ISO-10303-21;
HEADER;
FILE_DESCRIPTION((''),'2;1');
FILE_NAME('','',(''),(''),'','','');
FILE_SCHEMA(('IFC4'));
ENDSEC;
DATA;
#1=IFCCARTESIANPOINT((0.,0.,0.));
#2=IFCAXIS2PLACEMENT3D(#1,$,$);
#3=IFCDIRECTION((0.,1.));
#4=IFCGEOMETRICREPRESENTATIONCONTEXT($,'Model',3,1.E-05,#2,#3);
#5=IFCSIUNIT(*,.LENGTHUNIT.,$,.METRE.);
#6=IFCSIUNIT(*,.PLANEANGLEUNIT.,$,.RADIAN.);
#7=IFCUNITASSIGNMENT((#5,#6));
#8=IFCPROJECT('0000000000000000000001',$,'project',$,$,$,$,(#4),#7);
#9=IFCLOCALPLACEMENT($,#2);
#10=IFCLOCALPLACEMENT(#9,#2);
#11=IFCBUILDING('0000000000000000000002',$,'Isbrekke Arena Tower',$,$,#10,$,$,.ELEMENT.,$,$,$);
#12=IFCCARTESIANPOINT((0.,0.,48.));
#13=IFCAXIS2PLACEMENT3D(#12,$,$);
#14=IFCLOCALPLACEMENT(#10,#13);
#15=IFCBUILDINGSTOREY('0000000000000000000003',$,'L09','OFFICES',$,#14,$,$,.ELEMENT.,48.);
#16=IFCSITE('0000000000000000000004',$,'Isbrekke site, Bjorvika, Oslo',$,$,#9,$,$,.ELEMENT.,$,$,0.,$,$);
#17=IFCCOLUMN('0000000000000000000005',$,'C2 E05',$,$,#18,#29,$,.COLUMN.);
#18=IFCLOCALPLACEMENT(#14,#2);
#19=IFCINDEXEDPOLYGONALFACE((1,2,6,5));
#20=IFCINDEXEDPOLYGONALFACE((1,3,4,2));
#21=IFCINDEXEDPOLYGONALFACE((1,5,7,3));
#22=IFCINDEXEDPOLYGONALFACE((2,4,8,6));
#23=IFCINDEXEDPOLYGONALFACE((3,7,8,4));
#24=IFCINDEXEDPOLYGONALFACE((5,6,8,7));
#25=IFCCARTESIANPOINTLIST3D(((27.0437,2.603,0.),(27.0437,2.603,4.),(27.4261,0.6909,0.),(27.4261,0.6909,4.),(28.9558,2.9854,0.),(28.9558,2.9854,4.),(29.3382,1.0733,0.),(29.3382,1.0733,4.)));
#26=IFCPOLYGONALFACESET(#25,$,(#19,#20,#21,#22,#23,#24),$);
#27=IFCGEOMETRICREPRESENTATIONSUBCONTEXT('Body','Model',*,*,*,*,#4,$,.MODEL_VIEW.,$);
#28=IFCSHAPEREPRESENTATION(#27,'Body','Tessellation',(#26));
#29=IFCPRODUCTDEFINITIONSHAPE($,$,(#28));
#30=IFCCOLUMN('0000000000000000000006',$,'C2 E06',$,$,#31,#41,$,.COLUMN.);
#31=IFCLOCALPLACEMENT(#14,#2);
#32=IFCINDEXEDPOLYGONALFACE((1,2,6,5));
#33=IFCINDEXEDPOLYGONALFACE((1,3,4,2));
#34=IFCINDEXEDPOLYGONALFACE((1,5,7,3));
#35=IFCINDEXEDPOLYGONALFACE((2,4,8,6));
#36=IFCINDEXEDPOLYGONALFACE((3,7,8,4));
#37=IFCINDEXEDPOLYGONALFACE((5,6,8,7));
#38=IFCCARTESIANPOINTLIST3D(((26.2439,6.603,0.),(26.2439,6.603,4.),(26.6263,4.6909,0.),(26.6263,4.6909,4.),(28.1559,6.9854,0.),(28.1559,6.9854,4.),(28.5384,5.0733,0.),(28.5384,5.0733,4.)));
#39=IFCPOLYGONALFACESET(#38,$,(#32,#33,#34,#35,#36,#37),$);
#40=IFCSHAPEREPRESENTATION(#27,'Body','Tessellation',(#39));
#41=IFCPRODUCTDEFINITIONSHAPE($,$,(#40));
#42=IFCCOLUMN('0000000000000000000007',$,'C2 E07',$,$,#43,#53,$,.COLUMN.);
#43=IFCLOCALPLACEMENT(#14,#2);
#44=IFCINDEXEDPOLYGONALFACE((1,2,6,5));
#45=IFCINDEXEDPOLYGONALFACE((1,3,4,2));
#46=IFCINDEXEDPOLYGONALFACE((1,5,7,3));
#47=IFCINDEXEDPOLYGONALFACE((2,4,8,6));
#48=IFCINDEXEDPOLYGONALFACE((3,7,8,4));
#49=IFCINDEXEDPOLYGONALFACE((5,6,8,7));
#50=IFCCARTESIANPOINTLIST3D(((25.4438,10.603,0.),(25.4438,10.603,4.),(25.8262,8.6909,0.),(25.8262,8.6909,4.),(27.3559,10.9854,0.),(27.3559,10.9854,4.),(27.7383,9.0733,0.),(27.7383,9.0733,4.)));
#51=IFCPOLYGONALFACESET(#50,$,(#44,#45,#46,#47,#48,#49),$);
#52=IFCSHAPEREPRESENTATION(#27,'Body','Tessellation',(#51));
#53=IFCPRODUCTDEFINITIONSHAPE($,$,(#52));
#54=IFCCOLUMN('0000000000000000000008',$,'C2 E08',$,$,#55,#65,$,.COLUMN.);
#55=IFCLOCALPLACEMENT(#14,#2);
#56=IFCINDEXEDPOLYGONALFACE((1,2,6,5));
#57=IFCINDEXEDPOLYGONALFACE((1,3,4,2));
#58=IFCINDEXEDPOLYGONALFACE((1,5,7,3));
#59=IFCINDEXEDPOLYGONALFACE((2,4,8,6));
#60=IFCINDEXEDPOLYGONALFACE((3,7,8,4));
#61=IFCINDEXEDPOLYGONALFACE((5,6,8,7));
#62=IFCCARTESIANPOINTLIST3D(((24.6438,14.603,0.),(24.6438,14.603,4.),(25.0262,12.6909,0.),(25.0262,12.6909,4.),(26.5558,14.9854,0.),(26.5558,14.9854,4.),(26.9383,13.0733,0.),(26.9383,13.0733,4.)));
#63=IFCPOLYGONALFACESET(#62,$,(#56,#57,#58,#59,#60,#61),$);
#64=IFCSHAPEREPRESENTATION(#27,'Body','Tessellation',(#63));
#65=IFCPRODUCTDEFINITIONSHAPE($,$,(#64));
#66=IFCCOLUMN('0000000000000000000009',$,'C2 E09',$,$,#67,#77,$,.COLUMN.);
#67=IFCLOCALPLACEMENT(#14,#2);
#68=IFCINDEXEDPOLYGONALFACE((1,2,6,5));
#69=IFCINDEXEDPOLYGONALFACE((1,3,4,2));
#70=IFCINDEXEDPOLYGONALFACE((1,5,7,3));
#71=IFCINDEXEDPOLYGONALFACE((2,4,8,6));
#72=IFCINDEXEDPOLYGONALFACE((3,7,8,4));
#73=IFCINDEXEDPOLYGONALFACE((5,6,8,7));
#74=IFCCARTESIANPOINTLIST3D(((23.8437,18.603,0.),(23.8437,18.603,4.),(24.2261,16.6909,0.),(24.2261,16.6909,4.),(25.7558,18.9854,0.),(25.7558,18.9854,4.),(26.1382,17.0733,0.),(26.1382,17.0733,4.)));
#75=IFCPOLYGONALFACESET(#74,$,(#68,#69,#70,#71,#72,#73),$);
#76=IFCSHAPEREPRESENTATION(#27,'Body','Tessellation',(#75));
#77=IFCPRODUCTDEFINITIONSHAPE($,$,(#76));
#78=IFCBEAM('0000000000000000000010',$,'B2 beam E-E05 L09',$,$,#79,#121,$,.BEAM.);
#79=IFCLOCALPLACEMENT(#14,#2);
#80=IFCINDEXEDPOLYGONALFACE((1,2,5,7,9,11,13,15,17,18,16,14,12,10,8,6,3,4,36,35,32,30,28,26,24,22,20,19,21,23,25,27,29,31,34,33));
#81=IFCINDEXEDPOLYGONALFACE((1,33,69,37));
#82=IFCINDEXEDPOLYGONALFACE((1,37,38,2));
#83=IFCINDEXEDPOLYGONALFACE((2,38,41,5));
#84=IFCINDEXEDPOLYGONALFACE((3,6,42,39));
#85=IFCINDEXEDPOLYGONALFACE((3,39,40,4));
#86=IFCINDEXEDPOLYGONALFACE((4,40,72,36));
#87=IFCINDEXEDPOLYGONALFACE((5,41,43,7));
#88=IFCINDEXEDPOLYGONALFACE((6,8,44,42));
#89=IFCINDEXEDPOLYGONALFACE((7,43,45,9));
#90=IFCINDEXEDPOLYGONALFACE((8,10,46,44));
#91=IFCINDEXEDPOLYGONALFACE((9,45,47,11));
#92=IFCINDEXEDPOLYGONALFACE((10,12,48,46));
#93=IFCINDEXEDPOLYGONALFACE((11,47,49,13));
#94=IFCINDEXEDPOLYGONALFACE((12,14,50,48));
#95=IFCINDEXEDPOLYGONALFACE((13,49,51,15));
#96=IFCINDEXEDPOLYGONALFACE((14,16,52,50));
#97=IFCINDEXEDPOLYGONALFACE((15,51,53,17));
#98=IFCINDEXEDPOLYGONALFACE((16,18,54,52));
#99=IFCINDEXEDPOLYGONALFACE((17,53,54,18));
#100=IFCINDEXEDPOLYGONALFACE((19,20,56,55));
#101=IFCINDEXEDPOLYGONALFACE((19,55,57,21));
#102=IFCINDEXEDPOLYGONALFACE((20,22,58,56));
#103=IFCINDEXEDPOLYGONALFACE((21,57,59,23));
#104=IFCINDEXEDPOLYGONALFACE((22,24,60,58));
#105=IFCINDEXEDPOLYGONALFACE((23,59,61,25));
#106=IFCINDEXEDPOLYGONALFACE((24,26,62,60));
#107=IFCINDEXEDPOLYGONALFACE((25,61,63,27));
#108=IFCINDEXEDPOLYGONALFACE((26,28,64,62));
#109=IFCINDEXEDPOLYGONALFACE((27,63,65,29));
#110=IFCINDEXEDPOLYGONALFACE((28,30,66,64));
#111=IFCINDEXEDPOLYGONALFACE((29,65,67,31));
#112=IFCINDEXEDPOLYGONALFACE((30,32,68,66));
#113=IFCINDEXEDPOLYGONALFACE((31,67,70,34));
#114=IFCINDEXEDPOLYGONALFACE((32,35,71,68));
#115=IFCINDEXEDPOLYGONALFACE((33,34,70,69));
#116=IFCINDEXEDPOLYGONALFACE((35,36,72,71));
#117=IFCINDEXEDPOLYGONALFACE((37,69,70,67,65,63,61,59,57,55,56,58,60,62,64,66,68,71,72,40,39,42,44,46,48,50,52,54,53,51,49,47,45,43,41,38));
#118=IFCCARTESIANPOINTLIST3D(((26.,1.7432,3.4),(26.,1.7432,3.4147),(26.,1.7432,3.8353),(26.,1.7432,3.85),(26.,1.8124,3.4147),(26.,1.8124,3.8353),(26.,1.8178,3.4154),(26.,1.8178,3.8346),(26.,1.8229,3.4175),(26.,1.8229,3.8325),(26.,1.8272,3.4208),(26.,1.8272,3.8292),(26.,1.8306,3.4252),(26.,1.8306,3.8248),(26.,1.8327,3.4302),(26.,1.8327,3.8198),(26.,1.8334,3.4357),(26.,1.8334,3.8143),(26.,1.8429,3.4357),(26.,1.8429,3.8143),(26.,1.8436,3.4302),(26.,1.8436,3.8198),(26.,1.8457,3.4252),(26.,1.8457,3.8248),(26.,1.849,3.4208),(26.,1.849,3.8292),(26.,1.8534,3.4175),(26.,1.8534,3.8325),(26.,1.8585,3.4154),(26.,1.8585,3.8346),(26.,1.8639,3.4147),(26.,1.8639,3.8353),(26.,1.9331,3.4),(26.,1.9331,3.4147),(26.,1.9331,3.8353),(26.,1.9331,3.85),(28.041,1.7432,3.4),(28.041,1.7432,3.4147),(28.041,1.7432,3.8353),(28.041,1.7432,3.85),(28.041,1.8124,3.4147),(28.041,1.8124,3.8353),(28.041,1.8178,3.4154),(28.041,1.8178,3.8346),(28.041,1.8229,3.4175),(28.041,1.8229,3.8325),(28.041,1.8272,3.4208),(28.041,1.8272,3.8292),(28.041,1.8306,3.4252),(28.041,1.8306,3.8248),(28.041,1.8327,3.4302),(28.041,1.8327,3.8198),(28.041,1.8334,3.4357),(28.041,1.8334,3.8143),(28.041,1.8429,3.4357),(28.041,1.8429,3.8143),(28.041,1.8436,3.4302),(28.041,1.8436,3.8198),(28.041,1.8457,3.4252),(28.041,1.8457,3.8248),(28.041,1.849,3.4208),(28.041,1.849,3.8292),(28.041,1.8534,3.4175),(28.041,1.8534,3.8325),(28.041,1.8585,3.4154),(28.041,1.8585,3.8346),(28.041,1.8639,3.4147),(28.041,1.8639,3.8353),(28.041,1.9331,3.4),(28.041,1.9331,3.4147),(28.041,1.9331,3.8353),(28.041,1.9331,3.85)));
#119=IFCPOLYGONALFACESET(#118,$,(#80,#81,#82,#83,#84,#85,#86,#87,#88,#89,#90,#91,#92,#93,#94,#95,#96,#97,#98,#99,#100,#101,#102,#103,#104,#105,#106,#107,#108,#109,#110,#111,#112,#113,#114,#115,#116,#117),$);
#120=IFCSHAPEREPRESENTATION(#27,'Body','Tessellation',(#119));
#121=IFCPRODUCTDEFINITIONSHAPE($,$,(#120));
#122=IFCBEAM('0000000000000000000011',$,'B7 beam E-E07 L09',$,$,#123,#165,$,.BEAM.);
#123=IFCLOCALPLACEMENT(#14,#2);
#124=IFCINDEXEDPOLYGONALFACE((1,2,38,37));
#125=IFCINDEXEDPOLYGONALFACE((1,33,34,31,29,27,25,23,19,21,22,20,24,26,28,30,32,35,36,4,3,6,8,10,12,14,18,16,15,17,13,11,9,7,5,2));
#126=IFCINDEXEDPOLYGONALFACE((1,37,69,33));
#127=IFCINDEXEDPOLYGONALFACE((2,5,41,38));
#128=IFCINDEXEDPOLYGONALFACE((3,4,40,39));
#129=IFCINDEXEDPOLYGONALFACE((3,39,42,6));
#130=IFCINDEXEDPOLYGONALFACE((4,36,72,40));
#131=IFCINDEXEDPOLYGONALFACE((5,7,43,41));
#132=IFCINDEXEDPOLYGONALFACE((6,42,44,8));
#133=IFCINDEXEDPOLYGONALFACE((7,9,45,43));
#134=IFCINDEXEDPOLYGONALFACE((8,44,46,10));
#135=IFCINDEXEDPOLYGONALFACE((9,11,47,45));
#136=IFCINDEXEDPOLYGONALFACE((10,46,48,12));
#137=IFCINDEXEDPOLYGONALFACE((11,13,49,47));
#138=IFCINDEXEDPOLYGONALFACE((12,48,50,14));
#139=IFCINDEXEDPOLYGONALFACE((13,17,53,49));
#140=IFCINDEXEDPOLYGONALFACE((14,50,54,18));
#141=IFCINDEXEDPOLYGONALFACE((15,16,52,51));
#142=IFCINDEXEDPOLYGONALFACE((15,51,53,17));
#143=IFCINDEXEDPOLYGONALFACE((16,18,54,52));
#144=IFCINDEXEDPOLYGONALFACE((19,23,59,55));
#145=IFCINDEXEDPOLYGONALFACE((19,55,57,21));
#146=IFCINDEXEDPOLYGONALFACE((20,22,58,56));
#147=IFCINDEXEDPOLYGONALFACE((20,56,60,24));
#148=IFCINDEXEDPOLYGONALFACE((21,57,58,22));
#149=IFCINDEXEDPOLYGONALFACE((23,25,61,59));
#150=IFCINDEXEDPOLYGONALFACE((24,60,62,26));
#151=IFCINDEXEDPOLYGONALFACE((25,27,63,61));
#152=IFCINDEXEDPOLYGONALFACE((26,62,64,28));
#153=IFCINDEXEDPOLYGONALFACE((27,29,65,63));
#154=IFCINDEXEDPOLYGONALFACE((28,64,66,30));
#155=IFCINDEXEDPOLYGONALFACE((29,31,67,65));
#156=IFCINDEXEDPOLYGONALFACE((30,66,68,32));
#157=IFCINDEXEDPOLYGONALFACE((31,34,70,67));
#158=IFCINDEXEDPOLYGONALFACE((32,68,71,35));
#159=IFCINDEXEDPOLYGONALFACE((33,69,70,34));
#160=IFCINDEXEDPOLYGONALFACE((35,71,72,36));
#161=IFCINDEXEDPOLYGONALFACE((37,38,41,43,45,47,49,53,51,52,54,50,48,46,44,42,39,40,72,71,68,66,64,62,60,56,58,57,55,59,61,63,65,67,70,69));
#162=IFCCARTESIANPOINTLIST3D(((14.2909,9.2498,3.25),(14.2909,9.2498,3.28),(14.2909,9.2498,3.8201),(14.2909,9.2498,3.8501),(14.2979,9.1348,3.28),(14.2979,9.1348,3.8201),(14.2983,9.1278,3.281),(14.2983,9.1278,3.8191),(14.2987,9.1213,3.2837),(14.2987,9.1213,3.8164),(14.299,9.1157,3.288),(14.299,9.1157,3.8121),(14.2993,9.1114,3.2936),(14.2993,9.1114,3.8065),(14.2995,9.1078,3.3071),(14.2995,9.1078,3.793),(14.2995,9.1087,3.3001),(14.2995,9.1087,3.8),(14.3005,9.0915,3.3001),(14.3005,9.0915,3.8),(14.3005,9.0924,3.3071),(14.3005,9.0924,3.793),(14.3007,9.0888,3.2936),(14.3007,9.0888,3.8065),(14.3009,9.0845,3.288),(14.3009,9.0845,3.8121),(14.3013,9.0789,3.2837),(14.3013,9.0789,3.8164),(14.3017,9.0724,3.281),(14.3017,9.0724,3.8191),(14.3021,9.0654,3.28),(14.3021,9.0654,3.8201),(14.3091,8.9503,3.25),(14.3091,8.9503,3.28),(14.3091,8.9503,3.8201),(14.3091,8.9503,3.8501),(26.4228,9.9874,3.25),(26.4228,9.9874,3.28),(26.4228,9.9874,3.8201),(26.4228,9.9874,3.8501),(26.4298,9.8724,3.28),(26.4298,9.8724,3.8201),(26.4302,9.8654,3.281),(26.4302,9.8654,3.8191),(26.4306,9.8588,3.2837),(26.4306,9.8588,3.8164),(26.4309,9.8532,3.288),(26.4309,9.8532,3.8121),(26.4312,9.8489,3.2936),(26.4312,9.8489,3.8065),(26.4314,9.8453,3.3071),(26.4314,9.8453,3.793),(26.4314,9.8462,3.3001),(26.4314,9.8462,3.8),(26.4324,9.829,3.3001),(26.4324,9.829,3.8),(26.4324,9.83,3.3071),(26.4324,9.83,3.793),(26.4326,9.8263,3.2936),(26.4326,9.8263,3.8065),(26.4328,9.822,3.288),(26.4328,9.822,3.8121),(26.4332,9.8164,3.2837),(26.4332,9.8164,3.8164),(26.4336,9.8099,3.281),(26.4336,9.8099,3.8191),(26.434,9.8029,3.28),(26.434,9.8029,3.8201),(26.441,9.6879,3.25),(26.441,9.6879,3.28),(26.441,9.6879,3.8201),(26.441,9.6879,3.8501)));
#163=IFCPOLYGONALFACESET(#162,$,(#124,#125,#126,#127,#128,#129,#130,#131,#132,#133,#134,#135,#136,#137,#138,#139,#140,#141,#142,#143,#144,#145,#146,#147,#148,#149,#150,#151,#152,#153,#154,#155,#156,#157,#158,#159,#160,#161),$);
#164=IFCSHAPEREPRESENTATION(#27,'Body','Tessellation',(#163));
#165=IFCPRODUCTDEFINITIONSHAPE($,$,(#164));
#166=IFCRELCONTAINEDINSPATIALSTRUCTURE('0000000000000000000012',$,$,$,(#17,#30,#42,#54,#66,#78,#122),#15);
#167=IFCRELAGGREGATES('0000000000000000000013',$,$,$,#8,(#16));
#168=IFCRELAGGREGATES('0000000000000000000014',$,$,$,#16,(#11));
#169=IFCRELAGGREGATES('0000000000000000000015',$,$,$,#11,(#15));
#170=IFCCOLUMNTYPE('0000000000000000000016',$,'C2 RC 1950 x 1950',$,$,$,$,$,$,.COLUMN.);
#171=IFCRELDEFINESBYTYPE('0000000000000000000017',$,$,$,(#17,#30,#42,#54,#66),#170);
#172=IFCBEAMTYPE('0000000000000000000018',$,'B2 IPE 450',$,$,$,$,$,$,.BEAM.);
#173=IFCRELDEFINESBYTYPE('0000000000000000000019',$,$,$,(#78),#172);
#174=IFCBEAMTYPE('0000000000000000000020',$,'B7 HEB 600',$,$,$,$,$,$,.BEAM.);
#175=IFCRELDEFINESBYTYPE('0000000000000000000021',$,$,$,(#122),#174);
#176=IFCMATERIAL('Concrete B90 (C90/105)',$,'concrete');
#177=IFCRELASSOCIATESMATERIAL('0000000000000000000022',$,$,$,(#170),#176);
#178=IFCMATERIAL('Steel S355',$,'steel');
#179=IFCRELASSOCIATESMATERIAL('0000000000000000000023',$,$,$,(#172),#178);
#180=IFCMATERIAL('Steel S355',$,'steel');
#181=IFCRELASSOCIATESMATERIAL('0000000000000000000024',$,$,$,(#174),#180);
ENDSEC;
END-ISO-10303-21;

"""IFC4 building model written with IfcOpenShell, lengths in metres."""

from ifc_helpers import new_model, si_unit, direction, frame, origin, origin_2d, place, context, subcontext, project, spatial, rectangle, i_section, extrude, material, material_profile, profile_set, type_object, element, save


model = new_model("IFC4")

# Units and contexts
model_context = context("Model", 3, precision=1e-05, world=origin(), true_north=direction((0.0, 1.0)))
body_context = subcontext(model_context, "Body", "Model", "MODEL_VIEW")
ifc_project = project(units=[si_unit("LENGTHUNIT", "METRE"), si_unit("PLANEANGLEUNIT", "RADIAN")], contexts=[model_context])

# Site, building, storey
site_placement = place(None, origin())
site = spatial("IfcSite", under=ifc_project, at=site_placement, Name="Isbrekke site, Bjorvika, Oslo", CompositionType="ELEMENT", RefElevation=0.0)
building_placement = place(site_placement, origin())
building = spatial("IfcBuilding", under=site, at=building_placement, Name="Isbrekke Arena Tower", CompositionType="ELEMENT")
storey_placement = place(building_placement, frame((0.0, 0.0, 48.0)))
storey = spatial("IfcBuildingStorey", under=building, at=storey_placement, Name="L09", Description="OFFICES", CompositionType="ELEMENT", Elevation=48.0)

# Columns
ifc_material_1 = material(Name="Concrete B90 (C90/105)", Category="concrete")
ifc_material_profile_1 = material_profile(ifc_material_1, rectangle(XDim=1.95, YDim=1.95, at=origin_2d()), Name="RC 1950x1950")
ifc_profile_set_1 = profile_set([ifc_material_profile_1], Name="Concrete B90 (C90/105)")
column_type = type_object("IfcColumnType", Name="C2 RC 1950 x 1950", PredefinedType="COLUMN", material=ifc_profile_set_1)
for number, where, z_axis, x_axis, name in (
    (1, (28.1909, 1.8381, 0.0), (0.0, 0.0, 1.0), (-0.196116, 0.980581, 0.0), "C2 E05"),
    (2, (27.3911, 5.8381, 0.0), (0.0, 0.0, 1.0), (-0.196116, 0.980581, 0.0), "C2 E06"),
    (3, (26.5911, 9.8381, 0.0), (0.0, 0.0, 1.0), (-0.196116, 0.980581, 0.0), "C2 E07"),
    (4, (25.791, 13.8381, 0.0), (0.0, 0.0, 1.0), (-0.196116, 0.980581, 0.0), "C2 E08"),
    (5, (24.991, 17.8381, 0.0), (0.0, 0.0, 1.0), (-0.196116, 0.980581, 0.0), "C2 E09"),
):
    element("IfcColumn", number, at=place(storey_placement, frame(where, z_axis=z_axis, x_axis=x_axis)), inside=storey, type_object=column_type, Name=name, PredefinedType="COLUMN", context=body_context, shape_type="SweptSolid", body=[
        extrude(rectangle(XDim=1.95, YDim=1.95, at=origin_2d()), origin(), (0.0, 0.0, 1.0), 4.0),
    ])

# Beams
ifc_material_2 = material(Name="Steel S355", Category="steel")
ifc_material_profile_2 = material_profile(ifc_material_2, i_section(OverallWidth=0.1899, OverallDepth=0.45, WebThickness=0.0095, FlangeThickness=0.0146, FilletRadius=0.021, at=origin_2d()), Name="IPE 450")
ifc_profile_set_2 = profile_set([ifc_material_profile_2], Name="Steel S355")
beam_type_1 = type_object("IfcBeamType", Name="B2 IPE 450", PredefinedType="BEAM", material=ifc_profile_set_2)
beam_1_placement = place(storey_placement, frame((28.041, 1.8381, 3.625), z_axis=(-1.0, 0.0, 0.0), x_axis=(0.0, -1.0, 0.0)))
element("IfcBeam", 6, at=beam_1_placement, inside=storey, type_object=beam_type_1, Name="B2 beam E-E05 L09", PredefinedType="BEAM", context=body_context, shape_type="SweptSolid", body=[
    extrude(i_section(OverallWidth=0.1899, OverallDepth=0.45, WebThickness=0.0095, FlangeThickness=0.0146, FilletRadius=0.021, at=origin_2d()), origin(), (0.0, 0.0, 1.0), 2.041),
])
ifc_material_3 = material(Name="Steel S355", Category="steel")
ifc_material_profile_3 = material_profile(ifc_material_3, i_section(OverallWidth=0.3, OverallDepth=0.6001, WebThickness=0.0154, FlangeThickness=0.03, FilletRadius=0.0271, at=origin_2d()), Name="HEB 600")
ifc_profile_set_3 = profile_set([ifc_material_profile_3], Name="Steel S355")
beam_type_2 = type_object("IfcBeamType", Name="B7 HEB 600", PredefinedType="BEAM", material=ifc_profile_set_3)
beam_2_placement = place(storey_placement, frame((26.4319, 9.8376, 3.55), z_axis=(-0.998157, -0.060682, 0.0), x_axis=(0.060682, -0.998157, 0.0)))
element("IfcBeam", 7, at=beam_2_placement, inside=storey, type_object=beam_type_2, Name="B7 beam E-E07 L09", PredefinedType="BEAM", context=body_context, shape_type="SweptSolid", body=[
    extrude(i_section(OverallWidth=0.3, OverallDepth=0.6001, WebThickness=0.0154, FlangeThickness=0.03, FilletRadius=0.0271, at=origin_2d()), origin(), (0.0, 0.0, 1.0), 12.1543),
])

save(model, "model.ifc")
